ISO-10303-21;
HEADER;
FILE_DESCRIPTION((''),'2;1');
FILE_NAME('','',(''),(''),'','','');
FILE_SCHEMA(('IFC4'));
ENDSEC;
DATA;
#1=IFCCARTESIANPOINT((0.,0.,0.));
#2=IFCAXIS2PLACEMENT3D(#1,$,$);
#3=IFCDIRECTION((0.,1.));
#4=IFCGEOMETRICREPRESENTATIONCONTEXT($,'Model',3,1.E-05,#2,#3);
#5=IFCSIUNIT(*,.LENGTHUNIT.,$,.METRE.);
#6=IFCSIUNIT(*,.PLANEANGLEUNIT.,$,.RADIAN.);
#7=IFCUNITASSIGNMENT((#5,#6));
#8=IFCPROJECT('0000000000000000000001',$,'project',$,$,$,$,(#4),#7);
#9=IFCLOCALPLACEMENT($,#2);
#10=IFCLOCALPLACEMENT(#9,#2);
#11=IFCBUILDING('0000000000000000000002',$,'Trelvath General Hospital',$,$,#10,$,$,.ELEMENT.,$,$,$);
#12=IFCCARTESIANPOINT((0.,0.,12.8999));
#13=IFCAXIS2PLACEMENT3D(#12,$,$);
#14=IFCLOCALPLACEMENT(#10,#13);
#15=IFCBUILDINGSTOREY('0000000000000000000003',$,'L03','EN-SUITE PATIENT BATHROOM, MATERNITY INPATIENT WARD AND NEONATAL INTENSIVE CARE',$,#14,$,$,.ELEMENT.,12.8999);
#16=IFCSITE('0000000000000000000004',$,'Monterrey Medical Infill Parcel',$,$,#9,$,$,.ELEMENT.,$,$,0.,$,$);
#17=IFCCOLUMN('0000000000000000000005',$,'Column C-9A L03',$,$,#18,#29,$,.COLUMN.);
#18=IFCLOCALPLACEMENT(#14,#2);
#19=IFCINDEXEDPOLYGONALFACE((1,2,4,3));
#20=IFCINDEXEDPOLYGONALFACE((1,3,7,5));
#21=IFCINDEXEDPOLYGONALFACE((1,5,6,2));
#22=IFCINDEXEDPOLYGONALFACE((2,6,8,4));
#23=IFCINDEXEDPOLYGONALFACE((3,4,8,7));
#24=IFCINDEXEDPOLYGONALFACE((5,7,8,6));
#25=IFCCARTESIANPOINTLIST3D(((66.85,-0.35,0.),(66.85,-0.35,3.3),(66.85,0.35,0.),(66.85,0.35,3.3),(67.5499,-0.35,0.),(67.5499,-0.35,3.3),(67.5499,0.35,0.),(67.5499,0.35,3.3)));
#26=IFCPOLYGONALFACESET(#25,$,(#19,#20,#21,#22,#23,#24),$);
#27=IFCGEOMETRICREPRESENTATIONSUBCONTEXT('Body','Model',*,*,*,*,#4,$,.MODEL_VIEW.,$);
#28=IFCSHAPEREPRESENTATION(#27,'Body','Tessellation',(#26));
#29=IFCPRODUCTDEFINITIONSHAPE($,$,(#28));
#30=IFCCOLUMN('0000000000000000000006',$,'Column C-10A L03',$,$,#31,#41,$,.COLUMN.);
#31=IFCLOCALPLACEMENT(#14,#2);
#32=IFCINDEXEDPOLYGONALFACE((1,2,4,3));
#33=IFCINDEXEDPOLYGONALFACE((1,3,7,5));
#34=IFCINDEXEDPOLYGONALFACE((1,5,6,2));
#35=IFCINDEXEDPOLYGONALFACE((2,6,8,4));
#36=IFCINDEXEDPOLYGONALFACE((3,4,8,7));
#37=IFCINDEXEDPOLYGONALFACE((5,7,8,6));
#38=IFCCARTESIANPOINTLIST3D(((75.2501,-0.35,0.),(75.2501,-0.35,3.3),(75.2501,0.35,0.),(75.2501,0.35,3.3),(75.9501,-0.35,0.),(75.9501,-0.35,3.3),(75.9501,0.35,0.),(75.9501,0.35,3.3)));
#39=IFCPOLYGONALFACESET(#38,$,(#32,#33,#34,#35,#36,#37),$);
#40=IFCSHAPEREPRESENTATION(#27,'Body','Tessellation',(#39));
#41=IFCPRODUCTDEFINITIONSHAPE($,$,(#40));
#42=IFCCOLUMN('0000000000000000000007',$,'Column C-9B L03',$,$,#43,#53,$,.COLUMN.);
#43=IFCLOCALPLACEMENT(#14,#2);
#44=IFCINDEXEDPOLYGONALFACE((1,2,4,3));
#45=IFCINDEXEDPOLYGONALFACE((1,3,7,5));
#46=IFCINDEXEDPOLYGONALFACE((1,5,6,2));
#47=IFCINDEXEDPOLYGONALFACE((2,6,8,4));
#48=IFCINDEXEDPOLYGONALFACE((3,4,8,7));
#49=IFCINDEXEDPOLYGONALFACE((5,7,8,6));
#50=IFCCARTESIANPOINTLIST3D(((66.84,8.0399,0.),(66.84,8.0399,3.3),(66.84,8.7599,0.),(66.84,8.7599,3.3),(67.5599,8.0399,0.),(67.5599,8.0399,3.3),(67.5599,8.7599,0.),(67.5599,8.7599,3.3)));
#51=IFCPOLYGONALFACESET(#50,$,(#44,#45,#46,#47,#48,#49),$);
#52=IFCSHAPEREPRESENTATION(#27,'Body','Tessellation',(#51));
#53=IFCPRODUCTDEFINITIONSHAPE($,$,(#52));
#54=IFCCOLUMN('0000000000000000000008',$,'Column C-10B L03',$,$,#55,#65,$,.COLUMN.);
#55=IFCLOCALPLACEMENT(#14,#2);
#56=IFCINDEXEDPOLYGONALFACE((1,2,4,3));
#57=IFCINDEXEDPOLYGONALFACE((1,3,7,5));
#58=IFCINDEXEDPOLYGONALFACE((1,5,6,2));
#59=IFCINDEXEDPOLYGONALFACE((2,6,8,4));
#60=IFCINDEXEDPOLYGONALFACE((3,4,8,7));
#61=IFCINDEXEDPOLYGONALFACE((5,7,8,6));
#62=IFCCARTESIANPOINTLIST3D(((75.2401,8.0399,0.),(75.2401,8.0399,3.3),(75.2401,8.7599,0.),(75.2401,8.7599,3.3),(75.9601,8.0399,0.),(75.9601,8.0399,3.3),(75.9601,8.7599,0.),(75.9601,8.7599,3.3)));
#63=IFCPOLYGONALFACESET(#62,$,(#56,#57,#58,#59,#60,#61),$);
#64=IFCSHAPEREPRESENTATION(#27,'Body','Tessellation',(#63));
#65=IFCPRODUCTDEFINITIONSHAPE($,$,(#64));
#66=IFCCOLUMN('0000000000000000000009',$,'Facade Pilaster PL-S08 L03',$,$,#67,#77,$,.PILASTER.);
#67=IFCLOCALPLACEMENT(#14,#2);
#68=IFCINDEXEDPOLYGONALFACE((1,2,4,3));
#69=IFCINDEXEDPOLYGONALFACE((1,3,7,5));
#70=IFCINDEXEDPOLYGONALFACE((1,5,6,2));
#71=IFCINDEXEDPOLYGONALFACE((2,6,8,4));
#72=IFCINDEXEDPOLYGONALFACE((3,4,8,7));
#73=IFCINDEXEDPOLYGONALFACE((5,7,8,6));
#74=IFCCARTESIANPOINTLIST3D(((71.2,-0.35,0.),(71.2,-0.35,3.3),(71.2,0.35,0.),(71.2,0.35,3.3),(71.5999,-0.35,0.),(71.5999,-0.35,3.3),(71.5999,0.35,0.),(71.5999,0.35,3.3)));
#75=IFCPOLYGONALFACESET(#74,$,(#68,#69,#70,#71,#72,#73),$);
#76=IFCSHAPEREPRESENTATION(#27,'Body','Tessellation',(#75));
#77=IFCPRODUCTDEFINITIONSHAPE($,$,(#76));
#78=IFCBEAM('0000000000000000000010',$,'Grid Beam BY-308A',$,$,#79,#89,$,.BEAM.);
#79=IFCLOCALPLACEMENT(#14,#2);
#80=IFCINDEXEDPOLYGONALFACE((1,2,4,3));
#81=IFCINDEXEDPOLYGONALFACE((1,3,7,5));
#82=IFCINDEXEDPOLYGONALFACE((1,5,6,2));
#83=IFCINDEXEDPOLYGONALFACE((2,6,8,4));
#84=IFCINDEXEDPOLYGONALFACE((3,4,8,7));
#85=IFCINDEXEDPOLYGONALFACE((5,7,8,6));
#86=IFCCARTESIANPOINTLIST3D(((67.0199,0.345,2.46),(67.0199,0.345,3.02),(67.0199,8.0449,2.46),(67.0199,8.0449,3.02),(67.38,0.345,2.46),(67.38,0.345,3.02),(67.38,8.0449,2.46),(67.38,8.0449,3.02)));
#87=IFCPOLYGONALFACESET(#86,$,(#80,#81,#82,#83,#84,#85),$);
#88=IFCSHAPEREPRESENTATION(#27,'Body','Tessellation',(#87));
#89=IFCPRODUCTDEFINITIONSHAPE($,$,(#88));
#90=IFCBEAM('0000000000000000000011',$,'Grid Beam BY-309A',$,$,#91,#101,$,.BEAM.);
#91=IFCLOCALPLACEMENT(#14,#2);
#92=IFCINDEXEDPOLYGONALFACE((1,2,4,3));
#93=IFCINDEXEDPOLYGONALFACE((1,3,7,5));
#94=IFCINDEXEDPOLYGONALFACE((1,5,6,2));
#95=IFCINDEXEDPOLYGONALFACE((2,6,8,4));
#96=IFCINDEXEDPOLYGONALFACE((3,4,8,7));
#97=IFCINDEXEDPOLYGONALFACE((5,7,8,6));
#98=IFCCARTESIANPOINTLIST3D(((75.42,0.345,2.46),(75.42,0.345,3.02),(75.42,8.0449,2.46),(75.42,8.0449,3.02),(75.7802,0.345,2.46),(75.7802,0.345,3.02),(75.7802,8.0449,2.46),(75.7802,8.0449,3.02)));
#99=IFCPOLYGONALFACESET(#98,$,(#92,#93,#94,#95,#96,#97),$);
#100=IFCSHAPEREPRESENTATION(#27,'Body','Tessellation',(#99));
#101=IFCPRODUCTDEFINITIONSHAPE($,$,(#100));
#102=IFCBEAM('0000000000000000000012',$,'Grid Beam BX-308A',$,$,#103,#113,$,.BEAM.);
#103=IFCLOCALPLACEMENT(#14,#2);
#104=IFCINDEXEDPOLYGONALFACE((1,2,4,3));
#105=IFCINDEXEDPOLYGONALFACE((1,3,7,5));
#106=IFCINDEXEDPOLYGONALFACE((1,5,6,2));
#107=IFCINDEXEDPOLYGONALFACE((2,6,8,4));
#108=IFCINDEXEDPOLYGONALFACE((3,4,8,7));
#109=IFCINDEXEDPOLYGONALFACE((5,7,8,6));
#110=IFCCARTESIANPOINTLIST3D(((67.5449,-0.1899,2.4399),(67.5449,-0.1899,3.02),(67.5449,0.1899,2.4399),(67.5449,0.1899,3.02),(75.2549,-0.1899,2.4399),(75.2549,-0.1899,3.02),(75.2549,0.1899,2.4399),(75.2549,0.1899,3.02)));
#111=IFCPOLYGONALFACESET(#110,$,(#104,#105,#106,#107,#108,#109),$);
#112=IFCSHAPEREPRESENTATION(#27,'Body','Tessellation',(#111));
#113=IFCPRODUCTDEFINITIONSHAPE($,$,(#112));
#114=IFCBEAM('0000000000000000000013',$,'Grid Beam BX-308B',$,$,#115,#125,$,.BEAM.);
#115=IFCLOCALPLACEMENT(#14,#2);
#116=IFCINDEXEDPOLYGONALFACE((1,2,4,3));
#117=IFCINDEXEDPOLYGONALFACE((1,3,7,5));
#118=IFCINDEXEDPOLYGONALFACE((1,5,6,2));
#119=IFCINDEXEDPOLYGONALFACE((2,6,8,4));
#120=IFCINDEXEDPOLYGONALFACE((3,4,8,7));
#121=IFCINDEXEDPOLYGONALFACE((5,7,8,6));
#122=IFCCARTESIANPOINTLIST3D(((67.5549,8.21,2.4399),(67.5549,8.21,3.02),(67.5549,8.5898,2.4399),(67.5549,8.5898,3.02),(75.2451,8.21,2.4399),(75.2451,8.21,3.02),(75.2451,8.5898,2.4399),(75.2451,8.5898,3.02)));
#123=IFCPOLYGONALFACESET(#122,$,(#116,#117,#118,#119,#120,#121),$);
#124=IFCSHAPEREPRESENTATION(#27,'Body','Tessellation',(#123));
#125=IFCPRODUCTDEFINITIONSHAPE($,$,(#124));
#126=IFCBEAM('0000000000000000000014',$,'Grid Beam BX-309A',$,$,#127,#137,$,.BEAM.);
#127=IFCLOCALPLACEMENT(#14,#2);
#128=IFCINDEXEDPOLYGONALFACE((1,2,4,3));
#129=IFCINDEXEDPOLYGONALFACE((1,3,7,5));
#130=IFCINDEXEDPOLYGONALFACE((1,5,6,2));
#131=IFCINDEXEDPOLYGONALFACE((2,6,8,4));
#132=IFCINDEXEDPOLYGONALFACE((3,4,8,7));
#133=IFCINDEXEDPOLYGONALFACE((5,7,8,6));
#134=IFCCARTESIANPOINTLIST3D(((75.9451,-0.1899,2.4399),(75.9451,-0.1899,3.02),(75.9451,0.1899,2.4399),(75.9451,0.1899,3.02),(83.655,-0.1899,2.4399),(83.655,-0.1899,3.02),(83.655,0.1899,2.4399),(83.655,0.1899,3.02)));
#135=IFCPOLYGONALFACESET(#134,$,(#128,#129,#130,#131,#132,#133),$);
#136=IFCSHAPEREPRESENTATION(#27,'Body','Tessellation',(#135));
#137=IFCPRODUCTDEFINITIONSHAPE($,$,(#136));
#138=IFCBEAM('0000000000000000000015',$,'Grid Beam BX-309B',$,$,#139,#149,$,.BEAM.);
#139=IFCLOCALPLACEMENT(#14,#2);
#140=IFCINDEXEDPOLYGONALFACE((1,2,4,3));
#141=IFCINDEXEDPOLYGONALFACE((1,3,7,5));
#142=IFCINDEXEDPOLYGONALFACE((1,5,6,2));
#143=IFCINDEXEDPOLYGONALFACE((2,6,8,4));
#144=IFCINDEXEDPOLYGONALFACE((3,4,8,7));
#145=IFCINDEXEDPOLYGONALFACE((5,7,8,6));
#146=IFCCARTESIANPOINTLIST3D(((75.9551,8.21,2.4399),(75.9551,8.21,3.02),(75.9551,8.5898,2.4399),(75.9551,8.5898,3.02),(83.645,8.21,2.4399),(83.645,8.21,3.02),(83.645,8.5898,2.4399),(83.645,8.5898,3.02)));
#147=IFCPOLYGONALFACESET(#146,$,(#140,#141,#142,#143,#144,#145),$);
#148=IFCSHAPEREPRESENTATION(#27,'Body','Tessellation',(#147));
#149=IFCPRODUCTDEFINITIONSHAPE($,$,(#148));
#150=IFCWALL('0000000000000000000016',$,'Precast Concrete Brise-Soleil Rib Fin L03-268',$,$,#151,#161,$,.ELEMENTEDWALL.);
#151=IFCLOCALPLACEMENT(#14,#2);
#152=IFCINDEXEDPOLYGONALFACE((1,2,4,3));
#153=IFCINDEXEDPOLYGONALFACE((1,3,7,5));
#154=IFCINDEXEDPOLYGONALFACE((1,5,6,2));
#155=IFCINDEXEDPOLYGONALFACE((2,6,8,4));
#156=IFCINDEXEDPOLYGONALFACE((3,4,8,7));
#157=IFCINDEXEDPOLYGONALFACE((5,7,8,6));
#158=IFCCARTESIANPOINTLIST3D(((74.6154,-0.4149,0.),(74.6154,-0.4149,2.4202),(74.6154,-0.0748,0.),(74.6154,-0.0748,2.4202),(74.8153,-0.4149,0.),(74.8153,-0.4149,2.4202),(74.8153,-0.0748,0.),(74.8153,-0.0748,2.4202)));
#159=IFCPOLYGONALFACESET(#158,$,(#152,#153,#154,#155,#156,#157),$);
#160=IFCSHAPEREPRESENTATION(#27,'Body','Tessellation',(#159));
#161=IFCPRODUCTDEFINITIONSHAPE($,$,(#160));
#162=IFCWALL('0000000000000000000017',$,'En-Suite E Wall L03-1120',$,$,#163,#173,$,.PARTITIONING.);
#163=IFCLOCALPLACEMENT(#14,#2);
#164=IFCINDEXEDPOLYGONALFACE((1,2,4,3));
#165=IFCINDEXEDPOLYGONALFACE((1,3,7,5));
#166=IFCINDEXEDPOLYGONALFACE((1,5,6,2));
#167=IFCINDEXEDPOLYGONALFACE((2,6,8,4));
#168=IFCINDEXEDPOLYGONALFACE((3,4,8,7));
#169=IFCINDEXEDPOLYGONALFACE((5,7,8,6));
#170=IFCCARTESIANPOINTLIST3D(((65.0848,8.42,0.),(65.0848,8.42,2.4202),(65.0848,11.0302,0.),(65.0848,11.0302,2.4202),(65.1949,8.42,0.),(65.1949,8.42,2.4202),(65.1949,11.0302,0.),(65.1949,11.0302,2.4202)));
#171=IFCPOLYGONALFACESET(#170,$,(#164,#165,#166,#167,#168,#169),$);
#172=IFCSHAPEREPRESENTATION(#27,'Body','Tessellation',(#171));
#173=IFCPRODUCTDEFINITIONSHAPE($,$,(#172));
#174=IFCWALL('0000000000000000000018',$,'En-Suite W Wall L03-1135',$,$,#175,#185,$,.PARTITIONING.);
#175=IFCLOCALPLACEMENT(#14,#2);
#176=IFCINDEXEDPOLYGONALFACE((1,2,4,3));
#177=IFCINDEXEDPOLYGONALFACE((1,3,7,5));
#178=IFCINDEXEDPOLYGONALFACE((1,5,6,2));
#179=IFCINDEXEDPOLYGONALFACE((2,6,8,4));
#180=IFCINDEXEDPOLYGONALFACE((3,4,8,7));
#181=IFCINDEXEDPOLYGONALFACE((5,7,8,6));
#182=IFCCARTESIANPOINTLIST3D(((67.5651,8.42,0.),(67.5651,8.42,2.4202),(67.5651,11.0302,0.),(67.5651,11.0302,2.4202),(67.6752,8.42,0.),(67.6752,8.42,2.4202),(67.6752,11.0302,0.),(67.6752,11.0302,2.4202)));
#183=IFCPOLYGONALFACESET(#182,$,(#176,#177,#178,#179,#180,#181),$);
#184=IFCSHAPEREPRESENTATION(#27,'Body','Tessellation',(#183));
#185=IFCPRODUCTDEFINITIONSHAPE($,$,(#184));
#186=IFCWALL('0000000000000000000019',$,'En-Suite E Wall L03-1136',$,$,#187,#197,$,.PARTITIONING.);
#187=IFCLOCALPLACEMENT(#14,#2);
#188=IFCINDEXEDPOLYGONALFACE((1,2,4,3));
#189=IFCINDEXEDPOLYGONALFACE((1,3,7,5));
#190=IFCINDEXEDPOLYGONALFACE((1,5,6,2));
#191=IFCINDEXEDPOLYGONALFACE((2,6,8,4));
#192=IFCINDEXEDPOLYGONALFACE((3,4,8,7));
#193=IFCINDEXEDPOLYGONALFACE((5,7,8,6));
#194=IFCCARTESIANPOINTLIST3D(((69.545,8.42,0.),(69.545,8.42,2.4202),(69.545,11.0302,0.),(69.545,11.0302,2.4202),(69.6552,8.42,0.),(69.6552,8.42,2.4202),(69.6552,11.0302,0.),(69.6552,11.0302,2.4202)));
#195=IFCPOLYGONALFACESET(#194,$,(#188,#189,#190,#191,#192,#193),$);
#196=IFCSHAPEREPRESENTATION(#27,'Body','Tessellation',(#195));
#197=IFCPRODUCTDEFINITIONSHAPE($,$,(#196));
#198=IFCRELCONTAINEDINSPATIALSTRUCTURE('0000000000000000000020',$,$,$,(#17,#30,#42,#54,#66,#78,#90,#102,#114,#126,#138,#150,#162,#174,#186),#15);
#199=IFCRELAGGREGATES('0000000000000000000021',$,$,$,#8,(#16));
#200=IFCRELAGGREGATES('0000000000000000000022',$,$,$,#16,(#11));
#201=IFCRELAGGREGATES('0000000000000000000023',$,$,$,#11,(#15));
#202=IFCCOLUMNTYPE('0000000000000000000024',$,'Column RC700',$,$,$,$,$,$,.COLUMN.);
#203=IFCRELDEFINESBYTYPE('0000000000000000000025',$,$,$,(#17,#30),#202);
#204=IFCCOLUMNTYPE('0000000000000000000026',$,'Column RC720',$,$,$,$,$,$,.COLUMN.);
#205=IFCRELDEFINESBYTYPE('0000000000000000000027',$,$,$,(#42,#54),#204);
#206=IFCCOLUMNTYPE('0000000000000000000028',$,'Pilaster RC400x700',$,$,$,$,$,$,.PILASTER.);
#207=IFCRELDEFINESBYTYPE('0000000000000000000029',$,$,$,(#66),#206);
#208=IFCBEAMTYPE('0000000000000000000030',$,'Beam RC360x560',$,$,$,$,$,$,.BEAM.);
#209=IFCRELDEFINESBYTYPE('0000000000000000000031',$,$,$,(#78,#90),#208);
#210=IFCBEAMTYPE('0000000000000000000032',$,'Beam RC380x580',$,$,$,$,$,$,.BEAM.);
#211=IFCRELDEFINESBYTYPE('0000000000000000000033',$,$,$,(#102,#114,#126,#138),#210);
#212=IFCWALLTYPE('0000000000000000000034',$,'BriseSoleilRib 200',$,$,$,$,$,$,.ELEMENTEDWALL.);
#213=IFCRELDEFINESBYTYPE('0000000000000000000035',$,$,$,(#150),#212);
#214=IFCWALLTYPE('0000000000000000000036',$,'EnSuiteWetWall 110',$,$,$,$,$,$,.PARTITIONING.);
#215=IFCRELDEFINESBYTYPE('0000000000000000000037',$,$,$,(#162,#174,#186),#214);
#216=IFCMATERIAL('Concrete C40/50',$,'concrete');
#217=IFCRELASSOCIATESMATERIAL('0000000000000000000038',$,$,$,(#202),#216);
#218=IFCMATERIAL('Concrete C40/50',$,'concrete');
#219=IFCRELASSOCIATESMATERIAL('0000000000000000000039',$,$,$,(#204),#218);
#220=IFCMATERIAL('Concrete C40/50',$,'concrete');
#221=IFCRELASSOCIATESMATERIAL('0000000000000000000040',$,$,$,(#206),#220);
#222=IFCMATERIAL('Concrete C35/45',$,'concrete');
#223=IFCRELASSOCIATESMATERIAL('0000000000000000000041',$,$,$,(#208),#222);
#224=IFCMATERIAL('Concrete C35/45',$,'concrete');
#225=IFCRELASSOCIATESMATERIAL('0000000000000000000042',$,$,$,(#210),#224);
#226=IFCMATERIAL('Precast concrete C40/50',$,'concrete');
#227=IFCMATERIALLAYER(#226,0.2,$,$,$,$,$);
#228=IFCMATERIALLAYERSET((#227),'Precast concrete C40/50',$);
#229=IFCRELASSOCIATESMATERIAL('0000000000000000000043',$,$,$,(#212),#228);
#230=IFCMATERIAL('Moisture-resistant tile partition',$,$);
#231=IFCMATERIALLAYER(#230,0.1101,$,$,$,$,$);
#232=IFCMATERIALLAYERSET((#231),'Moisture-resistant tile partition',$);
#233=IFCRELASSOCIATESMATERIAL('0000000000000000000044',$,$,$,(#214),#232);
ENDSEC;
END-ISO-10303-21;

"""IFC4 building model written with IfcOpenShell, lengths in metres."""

from ifc_helpers import new_model, si_unit, direction, frame, frame_2d, origin, origin_2d, place, context, subcontext, project, spatial, rectangle, extrude, material, layer, layer_set, material_profile, profile_set, type_object, element, save


model = new_model("IFC4")

# Units and contexts
model_context = context("Model", 3, precision=1e-05, world=origin(), true_north=direction((0.0, 1.0)))
body_context = subcontext(model_context, "Body", "Model", "MODEL_VIEW")
ifc_project = project(units=[si_unit("LENGTHUNIT", "METRE"), si_unit("PLANEANGLEUNIT", "RADIAN")], contexts=[model_context])

# Site, building, storey
site_placement = place(None, origin())
site = spatial("IfcSite", under=ifc_project, at=site_placement, Name="Monterrey Medical Infill Parcel", CompositionType="ELEMENT", RefElevation=0.0)
building_placement = place(site_placement, origin())
building = spatial("IfcBuilding", under=site, at=building_placement, Name="Trelvath General Hospital", CompositionType="ELEMENT")
storey_placement = place(building_placement, frame((0.0, 0.0, 12.8999)))
storey = spatial("IfcBuildingStorey", under=building, at=storey_placement, Name="L03", Description="EN-SUITE PATIENT BATHROOM, MATERNITY INPATIENT WARD AND NEONATAL INTENSIVE CARE", CompositionType="ELEMENT", Elevation=12.8999)

# Columns
ifc_material_1 = material(Name="Concrete C40/50", Category="concrete")
ifc_material_profile_1 = material_profile(ifc_material_1, rectangle(XDim=0.7, YDim=0.7, at=origin_2d()), Name="RC700x700")
ifc_profile_set_1 = profile_set([ifc_material_profile_1], Name="Concrete C40/50")
column_type_1 = type_object("IfcColumnType", Name="Column RC700", PredefinedType="COLUMN", material=ifc_profile_set_1)
for number, where, z_axis, x_axis, name in (
    (1, (67.2, 0.0, 0.0), (0.0, 0.0, 1.0), (1.0, 0.0, 0.0), "Column C-9A L03"),
    (2, (75.6001, 0.0, 0.0), (0.0, 0.0, 1.0), (1.0, 0.0, 0.0), "Column C-10A L03"),
):
    element("IfcColumn", number, at=place(storey_placement, frame(where, z_axis=z_axis, x_axis=x_axis)), inside=storey, type_object=column_type_1, Name=name, PredefinedType="COLUMN", context=body_context, shape_type="SweptSolid", body=[
        extrude(rectangle(XDim=0.7, YDim=0.7, at=origin_2d()), origin(), (0.0, 0.0, 1.0), 3.3),
    ])
ifc_material_2 = material(Name="Concrete C40/50", Category="concrete")
ifc_material_profile_2 = material_profile(ifc_material_2, rectangle(XDim=0.72, YDim=0.72, at=origin_2d()), Name="RC720x720")
ifc_profile_set_2 = profile_set([ifc_material_profile_2], Name="Concrete C40/50")
column_type_2 = type_object("IfcColumnType", Name="Column RC720", PredefinedType="COLUMN", material=ifc_profile_set_2)
for number, where, z_axis, x_axis, name in (
    (3, (67.2, 8.3999, 0.0), (0.0, 0.0, 1.0), (1.0, 0.0, 0.0), "Column C-9B L03"),
    (4, (75.6001, 8.3999, 0.0), (0.0, 0.0, 1.0), (1.0, 0.0, 0.0), "Column C-10B L03"),
):
    element("IfcColumn", number, at=place(storey_placement, frame(where, z_axis=z_axis, x_axis=x_axis)), inside=storey, type_object=column_type_2, Name=name, PredefinedType="COLUMN", context=body_context, shape_type="SweptSolid", body=[
        extrude(rectangle(XDim=0.72, YDim=0.72, at=origin_2d()), origin(), (0.0, 0.0, 1.0), 3.3),
    ])
ifc_material_3 = material(Name="Concrete C40/50", Category="concrete")
ifc_material_profile_3 = material_profile(ifc_material_3, rectangle(XDim=0.3999, YDim=0.7, at=origin_2d()), Name="RC400x700")
ifc_profile_set_3 = profile_set([ifc_material_profile_3], Name="Concrete C40/50")
column_type_3 = type_object("IfcColumnType", Name="Pilaster RC400x700", PredefinedType="PILASTER", material=ifc_profile_set_3)
column_placement = place(storey_placement, frame((71.3999, 0.0, 0.0), z_axis=(0.0, 0.0, 1.0), x_axis=(1.0, 0.0, 0.0)))
element("IfcColumn", 5, at=column_placement, inside=storey, type_object=column_type_3, Name="Facade Pilaster PL-S08 L03", PredefinedType="PILASTER", context=body_context, shape_type="SweptSolid", body=[
    extrude(rectangle(XDim=0.3999, YDim=0.7, at=origin_2d()), origin(), (0.0, 0.0, 1.0), 3.3),
])

# Beams
ifc_material_4 = material(Name="Concrete C35/45", Category="concrete")
ifc_material_profile_4 = material_profile(ifc_material_4, rectangle(XDim=0.3601, YDim=0.5601, at=origin_2d()), Name="RCB360x560")
ifc_profile_set_4 = profile_set([ifc_material_profile_4], Name="Concrete C35/45")
beam_type_1 = type_object("IfcBeamType", Name="Beam RC360x560", PredefinedType="BEAM", material=ifc_profile_set_4)
for number, where, z_axis, x_axis, name in (
    (6, (67.2, 0.345, 2.74), (0.0, 1.0, 0.0), (-1.0, 0.0, 0.0), "Grid Beam BY-308A"),
    (7, (75.6001, 0.345, 2.74), (0.0, 1.0, 0.0), (-1.0, 0.0, 0.0), "Grid Beam BY-309A"),
):
    element("IfcBeam", number, at=place(storey_placement, frame(where, z_axis=z_axis, x_axis=x_axis)), inside=storey, type_object=beam_type_1, Name=name, PredefinedType="BEAM", context=body_context, shape_type="SweptSolid", body=[
        extrude(rectangle(XDim=0.3601, YDim=0.5601, at=origin_2d()), origin(), (0.0, 0.0, 1.0), 7.7),
    ])
ifc_material_5 = material(Name="Concrete C35/45", Category="concrete")
ifc_material_profile_5 = material_profile(ifc_material_5, rectangle(XDim=0.3799, YDim=0.5801, at=origin_2d()), Name="RCB380x580")
ifc_profile_set_5 = profile_set([ifc_material_profile_5], Name="Concrete C35/45")
beam_type_2 = type_object("IfcBeamType", Name="Beam RC380x580", PredefinedType="BEAM", material=ifc_profile_set_5)
beam_1_placement = place(storey_placement, frame((67.5449, 0.0, 2.73), z_axis=(1.0, 0.0, 0.0), x_axis=(0.0, 1.0, 0.0)))
element("IfcBeam", 8, at=beam_1_placement, inside=storey, type_object=beam_type_2, Name="Grid Beam BX-308A", PredefinedType="BEAM", context=body_context, shape_type="SweptSolid", body=[
    extrude(rectangle(XDim=0.3799, YDim=0.5801, at=origin_2d()), origin(), (0.0, 0.0, 1.0), 7.71),
])
beam_2_placement = place(storey_placement, frame((67.5549, 8.3999, 2.73), z_axis=(1.0, 0.0, 0.0), x_axis=(0.0, 1.0, 0.0)))
element("IfcBeam", 9, at=beam_2_placement, inside=storey, type_object=beam_type_2, Name="Grid Beam BX-308B", PredefinedType="BEAM", context=body_context, shape_type="SweptSolid", body=[
    extrude(rectangle(XDim=0.3799, YDim=0.5801, at=origin_2d()), origin(), (0.0, 0.0, 1.0), 7.6902),
])
beam_3_placement = place(storey_placement, frame((75.9451, 0.0, 2.73), z_axis=(1.0, 0.0, 0.0), x_axis=(0.0, 1.0, 0.0)))
element("IfcBeam", 10, at=beam_3_placement, inside=storey, type_object=beam_type_2, Name="Grid Beam BX-309A", PredefinedType="BEAM", context=body_context, shape_type="SweptSolid", body=[
    extrude(rectangle(XDim=0.3799, YDim=0.5801, at=origin_2d()), origin(), (0.0, 0.0, 1.0), 7.71),
])
beam_4_placement = place(storey_placement, frame((75.9551, 8.3999, 2.73), z_axis=(1.0, 0.0, 0.0), x_axis=(0.0, 1.0, 0.0)))
element("IfcBeam", 11, at=beam_4_placement, inside=storey, type_object=beam_type_2, Name="Grid Beam BX-309B", PredefinedType="BEAM", context=body_context, shape_type="SweptSolid", body=[
    extrude(rectangle(XDim=0.3799, YDim=0.5801, at=origin_2d()), origin(), (0.0, 0.0, 1.0), 7.6899),
])

# Walls
ifc_material_6 = material(Name="Precast concrete C40/50", Category="concrete")
ifc_layer_1 = layer(ifc_material_6, 0.2)
ifc_layer_set_1 = layer_set([ifc_layer_1], Name="Precast concrete C40/50")
wall_type_1 = type_object("IfcWallType", Name="BriseSoleilRib 200", PredefinedType="ELEMENTEDWALL", material=ifc_layer_set_1)
wall_1_placement = place(storey_placement, frame((74.7153, -0.075, 0.0), z_axis=(0.0, 0.0, 1.0), x_axis=(0.0, -1.0, 0.0)))
element("IfcWall", 12, at=wall_1_placement, inside=storey, type_object=wall_type_1, Name="Precast Concrete Brise-Soleil Rib Fin L03-268", PredefinedType="ELEMENTEDWALL", context=body_context, shape_type="SweptSolid", body=[
    extrude(rectangle(XDim=0.3401, YDim=0.2, at=frame_2d((0.1699, 0.0))), origin(), (0.0, 0.0, 1.0), 2.4202),
])
ifc_material_7 = material(Name="Moisture-resistant tile partition")
ifc_layer_2 = layer(ifc_material_7, 0.1101)
ifc_layer_set_2 = layer_set([ifc_layer_2], Name="Moisture-resistant tile partition")
wall_type_2 = type_object("IfcWallType", Name="EnSuiteWetWall 110", PredefinedType="PARTITIONING", material=ifc_layer_set_2)
for number, where, z_axis, x_axis, name in (
    (13, (65.1399, 8.4199, 0.0), (0.0, 0.0, 1.0), (0.0, 1.0, 0.0), "En-Suite E Wall L03-1120"),
    (14, (67.6201, 8.4199, 0.0), (0.0, 0.0, 1.0), (0.0, 1.0, 0.0), "En-Suite W Wall L03-1135"),
    (15, (69.6001, 8.4199, 0.0), (0.0, 0.0, 1.0), (0.0, 1.0, 0.0), "En-Suite E Wall L03-1136"),
):
    element("IfcWall", number, at=place(storey_placement, frame(where, z_axis=z_axis, x_axis=x_axis)), inside=storey, type_object=wall_type_2, Name=name, PredefinedType="PARTITIONING", context=body_context, shape_type="SweptSolid", body=[
        extrude(rectangle(XDim=2.6101, YDim=0.1101, at=frame_2d((1.3052, 0.0))), origin(), (0.0, 0.0, 1.0), 2.4202),
    ])

save(model, "model.ifc")
